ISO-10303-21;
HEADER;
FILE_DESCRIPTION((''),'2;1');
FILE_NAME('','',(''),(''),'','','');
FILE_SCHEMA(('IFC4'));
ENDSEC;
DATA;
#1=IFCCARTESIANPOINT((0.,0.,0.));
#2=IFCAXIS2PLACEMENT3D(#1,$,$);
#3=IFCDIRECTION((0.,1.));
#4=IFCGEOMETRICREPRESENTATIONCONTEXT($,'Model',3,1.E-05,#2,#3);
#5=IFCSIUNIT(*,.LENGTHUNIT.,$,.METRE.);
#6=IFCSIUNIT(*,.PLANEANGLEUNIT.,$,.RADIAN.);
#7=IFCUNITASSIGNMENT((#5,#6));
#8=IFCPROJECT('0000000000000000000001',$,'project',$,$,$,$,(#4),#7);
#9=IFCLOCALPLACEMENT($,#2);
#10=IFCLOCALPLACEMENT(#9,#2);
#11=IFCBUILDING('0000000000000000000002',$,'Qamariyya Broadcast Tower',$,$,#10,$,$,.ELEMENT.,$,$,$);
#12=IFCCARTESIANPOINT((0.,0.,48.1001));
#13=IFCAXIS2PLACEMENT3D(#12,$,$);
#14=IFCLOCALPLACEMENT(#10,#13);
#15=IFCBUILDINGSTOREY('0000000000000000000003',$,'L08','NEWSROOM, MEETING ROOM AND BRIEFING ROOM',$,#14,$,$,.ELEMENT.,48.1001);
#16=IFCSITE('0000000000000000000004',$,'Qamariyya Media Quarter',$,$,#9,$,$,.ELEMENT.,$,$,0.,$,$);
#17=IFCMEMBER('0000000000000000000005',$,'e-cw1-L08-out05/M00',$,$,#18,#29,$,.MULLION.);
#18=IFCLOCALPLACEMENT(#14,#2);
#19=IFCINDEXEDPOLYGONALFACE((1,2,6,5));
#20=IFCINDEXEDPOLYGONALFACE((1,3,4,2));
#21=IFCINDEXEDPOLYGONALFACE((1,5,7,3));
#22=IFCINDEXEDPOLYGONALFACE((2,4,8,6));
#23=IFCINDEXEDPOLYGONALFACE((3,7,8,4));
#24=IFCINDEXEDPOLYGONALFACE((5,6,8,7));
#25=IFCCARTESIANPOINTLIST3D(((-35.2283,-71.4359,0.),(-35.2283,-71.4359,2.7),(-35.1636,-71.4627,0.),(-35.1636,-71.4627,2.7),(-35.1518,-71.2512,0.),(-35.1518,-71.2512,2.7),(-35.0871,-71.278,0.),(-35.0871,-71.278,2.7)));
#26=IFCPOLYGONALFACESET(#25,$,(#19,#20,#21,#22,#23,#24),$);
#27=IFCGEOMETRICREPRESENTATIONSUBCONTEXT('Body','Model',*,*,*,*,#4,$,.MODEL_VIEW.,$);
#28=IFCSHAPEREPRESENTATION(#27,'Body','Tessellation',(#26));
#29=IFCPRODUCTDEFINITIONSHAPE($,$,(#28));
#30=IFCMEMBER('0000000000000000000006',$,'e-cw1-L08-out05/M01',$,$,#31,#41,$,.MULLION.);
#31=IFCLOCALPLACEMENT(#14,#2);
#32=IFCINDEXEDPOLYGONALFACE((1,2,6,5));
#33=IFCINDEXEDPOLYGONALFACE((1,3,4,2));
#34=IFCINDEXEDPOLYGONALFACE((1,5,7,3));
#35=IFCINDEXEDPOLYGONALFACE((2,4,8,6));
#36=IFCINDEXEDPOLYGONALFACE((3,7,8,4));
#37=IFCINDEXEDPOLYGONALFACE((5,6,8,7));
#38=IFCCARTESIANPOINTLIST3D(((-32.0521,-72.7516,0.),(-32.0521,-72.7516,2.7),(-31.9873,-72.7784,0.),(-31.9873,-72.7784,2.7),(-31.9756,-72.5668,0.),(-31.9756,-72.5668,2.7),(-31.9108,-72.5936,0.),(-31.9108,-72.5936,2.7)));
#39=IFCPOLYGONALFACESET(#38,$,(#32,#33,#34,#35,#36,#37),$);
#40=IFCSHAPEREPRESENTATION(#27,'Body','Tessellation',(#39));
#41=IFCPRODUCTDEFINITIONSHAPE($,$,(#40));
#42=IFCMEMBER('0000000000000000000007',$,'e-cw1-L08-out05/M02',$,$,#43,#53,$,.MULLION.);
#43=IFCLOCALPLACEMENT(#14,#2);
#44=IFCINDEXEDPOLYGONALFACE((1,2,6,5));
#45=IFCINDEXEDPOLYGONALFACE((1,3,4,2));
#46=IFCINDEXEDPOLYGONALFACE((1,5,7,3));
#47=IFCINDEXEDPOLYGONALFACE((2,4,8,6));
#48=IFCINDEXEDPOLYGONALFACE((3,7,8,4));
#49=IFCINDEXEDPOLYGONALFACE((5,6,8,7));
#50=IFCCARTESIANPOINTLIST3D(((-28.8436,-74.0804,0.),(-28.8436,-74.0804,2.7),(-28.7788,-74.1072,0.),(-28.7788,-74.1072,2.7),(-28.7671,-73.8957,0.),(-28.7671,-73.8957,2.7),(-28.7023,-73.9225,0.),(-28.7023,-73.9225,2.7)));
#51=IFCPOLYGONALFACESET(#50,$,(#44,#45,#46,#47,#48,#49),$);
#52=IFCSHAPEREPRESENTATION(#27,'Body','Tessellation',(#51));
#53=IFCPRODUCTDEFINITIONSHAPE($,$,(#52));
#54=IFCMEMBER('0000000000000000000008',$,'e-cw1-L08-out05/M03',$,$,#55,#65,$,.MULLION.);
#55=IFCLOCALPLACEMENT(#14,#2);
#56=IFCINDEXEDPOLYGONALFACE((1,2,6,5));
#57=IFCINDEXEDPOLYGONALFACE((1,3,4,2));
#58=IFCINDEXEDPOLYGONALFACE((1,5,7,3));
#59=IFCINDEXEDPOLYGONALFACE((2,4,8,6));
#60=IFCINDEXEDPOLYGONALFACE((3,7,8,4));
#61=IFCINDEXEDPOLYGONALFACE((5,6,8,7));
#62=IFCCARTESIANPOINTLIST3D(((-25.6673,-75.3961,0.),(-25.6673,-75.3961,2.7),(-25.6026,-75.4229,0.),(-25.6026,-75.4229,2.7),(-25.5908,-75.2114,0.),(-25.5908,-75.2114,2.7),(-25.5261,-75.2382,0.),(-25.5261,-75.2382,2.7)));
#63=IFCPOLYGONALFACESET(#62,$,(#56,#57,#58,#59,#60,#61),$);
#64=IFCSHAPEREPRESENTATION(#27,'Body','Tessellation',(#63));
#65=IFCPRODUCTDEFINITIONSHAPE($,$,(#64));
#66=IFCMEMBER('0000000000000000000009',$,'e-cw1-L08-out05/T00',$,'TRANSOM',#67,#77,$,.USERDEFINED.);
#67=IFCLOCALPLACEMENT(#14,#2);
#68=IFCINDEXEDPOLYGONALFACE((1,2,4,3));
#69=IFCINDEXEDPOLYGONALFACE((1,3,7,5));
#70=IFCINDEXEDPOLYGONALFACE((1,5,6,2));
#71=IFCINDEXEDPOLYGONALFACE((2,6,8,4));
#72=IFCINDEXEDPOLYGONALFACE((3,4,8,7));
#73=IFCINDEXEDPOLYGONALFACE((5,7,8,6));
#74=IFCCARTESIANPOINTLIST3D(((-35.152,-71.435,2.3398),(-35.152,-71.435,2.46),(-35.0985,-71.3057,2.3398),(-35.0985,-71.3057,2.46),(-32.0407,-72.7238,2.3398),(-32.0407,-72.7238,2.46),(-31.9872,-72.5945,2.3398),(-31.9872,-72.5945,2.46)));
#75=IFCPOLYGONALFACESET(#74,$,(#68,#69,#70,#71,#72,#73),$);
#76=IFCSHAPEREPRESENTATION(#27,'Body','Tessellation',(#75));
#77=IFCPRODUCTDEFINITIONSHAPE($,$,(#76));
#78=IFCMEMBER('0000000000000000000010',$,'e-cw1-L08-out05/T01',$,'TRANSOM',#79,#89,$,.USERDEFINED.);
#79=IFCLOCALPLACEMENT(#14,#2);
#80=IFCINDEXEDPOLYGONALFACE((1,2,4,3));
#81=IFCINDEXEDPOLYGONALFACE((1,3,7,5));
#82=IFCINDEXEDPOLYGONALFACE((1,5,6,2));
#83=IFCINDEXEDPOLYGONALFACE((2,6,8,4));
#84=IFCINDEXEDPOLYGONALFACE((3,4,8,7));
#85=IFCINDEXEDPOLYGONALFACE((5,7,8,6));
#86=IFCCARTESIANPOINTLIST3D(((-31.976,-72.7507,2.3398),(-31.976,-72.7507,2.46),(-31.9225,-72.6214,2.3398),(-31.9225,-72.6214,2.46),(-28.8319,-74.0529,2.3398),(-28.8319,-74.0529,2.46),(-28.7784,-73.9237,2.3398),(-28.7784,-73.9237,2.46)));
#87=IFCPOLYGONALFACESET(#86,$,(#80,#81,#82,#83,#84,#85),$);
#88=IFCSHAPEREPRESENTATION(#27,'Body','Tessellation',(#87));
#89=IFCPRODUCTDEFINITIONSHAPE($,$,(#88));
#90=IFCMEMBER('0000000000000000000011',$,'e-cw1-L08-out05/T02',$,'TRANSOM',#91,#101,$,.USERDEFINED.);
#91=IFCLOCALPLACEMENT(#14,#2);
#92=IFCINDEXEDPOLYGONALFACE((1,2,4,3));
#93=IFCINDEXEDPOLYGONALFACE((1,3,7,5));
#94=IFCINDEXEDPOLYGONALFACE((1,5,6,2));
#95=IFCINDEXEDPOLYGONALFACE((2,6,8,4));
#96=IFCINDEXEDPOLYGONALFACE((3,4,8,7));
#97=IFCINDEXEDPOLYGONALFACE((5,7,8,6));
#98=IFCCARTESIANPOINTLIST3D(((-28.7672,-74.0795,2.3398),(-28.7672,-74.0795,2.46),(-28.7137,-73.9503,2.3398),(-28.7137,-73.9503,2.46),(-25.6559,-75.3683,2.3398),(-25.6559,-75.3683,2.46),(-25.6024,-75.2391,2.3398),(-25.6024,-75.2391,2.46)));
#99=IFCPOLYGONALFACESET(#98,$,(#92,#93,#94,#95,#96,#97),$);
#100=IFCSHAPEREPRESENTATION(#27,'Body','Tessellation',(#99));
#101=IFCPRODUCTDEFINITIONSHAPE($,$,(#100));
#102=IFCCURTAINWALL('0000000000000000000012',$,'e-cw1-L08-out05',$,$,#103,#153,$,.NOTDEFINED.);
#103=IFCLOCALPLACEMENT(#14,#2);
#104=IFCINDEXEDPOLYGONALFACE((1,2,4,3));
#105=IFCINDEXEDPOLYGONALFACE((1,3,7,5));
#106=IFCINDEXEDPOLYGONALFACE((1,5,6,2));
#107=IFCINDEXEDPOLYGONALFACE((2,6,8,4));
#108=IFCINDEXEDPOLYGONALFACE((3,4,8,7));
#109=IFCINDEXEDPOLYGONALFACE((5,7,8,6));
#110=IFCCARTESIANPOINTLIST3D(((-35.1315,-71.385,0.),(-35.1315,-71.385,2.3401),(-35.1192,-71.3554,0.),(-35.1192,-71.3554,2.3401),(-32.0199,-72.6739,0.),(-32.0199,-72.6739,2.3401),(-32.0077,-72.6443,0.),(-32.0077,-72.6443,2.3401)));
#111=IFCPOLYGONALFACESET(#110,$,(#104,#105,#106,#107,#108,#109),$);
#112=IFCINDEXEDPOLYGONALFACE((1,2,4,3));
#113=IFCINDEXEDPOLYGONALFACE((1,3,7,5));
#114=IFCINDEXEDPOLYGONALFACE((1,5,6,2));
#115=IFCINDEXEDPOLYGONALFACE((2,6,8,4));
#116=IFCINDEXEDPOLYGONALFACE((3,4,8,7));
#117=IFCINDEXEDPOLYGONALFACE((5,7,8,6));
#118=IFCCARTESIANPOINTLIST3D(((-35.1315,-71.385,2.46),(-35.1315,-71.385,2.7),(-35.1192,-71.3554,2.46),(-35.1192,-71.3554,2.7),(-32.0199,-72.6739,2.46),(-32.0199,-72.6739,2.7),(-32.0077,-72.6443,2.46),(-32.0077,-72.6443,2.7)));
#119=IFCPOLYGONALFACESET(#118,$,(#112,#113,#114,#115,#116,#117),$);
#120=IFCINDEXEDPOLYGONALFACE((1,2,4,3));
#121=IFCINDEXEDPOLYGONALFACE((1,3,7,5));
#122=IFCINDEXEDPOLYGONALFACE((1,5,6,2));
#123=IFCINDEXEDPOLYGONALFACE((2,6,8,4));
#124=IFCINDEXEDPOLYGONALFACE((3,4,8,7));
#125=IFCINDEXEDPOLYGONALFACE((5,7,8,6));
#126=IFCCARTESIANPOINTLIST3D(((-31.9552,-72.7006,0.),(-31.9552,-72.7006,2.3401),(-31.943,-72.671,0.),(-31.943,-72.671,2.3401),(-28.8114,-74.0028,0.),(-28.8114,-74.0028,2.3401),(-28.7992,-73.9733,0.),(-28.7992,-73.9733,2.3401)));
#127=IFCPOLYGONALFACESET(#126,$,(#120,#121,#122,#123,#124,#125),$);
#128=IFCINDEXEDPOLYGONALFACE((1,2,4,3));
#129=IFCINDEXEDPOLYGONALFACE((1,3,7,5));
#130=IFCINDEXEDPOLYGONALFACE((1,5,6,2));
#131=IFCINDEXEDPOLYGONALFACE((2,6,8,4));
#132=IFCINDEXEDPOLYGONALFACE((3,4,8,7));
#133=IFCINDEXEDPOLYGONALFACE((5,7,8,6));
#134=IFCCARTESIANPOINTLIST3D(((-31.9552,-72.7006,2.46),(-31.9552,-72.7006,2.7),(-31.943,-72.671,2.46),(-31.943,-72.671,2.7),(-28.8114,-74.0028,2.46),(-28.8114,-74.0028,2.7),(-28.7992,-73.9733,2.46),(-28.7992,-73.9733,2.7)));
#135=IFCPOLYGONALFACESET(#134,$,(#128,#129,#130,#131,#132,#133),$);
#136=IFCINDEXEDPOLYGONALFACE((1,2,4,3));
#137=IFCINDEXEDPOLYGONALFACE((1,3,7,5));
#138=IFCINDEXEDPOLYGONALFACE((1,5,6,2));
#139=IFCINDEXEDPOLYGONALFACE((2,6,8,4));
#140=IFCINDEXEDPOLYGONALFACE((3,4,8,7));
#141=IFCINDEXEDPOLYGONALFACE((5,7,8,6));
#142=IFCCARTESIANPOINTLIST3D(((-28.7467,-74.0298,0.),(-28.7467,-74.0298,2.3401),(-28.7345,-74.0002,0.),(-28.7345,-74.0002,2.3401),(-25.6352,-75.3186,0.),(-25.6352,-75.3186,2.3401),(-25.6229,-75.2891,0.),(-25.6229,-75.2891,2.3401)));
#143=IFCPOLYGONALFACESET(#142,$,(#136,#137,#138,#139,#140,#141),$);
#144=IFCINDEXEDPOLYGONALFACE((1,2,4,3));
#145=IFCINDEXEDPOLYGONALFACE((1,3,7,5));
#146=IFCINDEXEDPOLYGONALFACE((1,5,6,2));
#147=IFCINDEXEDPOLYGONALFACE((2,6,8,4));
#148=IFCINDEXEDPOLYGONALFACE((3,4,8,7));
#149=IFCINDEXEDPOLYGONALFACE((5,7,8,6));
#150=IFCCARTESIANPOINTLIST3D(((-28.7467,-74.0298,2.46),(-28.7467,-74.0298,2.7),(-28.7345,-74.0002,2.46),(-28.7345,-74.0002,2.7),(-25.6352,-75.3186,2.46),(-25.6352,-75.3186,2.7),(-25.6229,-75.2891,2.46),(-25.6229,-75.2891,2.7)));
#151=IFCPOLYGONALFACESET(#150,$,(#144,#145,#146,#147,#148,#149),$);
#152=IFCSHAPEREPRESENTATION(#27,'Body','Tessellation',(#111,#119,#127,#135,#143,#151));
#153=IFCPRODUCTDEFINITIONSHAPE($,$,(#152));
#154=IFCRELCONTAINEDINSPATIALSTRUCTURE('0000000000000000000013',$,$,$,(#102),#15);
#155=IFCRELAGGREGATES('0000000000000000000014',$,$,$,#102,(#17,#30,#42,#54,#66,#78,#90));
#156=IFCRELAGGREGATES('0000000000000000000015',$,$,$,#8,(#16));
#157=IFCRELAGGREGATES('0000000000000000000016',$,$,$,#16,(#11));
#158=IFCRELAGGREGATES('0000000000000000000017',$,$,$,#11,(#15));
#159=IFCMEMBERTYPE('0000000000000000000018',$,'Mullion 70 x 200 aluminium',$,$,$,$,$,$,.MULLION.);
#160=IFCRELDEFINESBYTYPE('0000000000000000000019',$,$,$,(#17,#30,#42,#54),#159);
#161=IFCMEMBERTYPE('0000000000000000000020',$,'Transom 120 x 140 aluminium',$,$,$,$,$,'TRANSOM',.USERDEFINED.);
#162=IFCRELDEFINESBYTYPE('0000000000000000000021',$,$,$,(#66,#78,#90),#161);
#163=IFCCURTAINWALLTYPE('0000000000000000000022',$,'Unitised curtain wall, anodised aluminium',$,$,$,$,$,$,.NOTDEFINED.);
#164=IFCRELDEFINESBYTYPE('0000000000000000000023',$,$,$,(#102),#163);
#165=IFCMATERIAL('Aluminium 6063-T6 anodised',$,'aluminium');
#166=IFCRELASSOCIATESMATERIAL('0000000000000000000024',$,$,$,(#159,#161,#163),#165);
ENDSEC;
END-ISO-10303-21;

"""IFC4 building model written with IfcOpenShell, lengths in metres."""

from ifc_helpers import new_model, si_unit, direction, frame, origin, origin_2d, place, context, subcontext, project, spatial, rectangle, extrude, material, material_profile, profile_set, type_object, element, aggregate, save


model = new_model("IFC4")

# Units and contexts
model_context = context("Model", 3, precision=1e-05, world=origin(), true_north=direction((0.0, 1.0)))
body_context = subcontext(model_context, "Body", "Model", "MODEL_VIEW")
ifc_project = project(units=[si_unit("LENGTHUNIT", "METRE"), si_unit("PLANEANGLEUNIT", "RADIAN")], contexts=[model_context])

# Members
ifc_material = material(Name="Aluminium 6063-T6 anodised", Category="aluminium")
ifc_material_profile_1 = material_profile(ifc_material, rectangle(XDim=0.2, YDim=0.0701, at=origin_2d()))
ifc_profile_set_1 = profile_set([ifc_material_profile_1], Name="Aluminium 6063-T6 anodised")
member_type_1 = type_object("IfcMemberType", Name="Mullion 70 x 200 aluminium", PredefinedType="MULLION", material=ifc_profile_set_1)
site_placement = place(None, origin())
building_placement = place(site_placement, origin())
storey_placement = place(building_placement, frame((0.0, 0.0, 48.1001)))
member_1_placement = place(storey_placement, frame((-35.1577, -71.3569, 0.0), z_axis=(0.0, 0.0, 1.0), x_axis=(0.382683, 0.92388, 0.0)))
member_1 = element("IfcMember", 1, at=member_1_placement, type_object=member_type_1, Name="e-cw1-L08-out05/M00", PredefinedType="MULLION", context=body_context, shape_type="SweptSolid", body=[
    extrude(rectangle(XDim=0.2, YDim=0.0701, at=origin_2d()), origin(), (0.0, 0.0, 1.0), 2.7),
])
member_2_placement = place(storey_placement, frame((-31.9814, -72.6726, 0.0), z_axis=(0.0, 0.0, 1.0), x_axis=(0.382683, 0.92388, 0.0)))
member_2 = element("IfcMember", 2, at=member_2_placement, type_object=member_type_1, Name="e-cw1-L08-out05/M01", PredefinedType="MULLION", context=body_context, shape_type="SweptSolid", body=[
    extrude(rectangle(XDim=0.2, YDim=0.0701, at=origin_2d()), origin(), (0.0, 0.0, 1.0), 2.7),
])
member_3_placement = place(storey_placement, frame((-28.7729, -74.0015, 0.0), z_axis=(0.0, 0.0, 1.0), x_axis=(0.382683, 0.92388, 0.0)))
member_3 = element("IfcMember", 3, at=member_3_placement, type_object=member_type_1, Name="e-cw1-L08-out05/M02", PredefinedType="MULLION", context=body_context, shape_type="SweptSolid", body=[
    extrude(rectangle(XDim=0.2, YDim=0.0701, at=origin_2d()), origin(), (0.0, 0.0, 1.0), 2.7),
])
member_4_placement = place(storey_placement, frame((-25.5967, -75.3171, 0.0), z_axis=(0.0, 0.0, 1.0), x_axis=(0.382683, 0.92388, 0.0)))
member_4 = element("IfcMember", 4, at=member_4_placement, type_object=member_type_1, Name="e-cw1-L08-out05/M03", PredefinedType="MULLION", context=body_context, shape_type="SweptSolid", body=[
    extrude(rectangle(XDim=0.2, YDim=0.0701, at=origin_2d()), origin(), (0.0, 0.0, 1.0), 2.7),
])
ifc_material_profile_2 = material_profile(ifc_material, rectangle(XDim=0.1399, YDim=0.1201, at=origin_2d()))
ifc_profile_set_2 = profile_set([ifc_material_profile_2], Name="Aluminium 6063-T6 anodised")
member_type_2 = type_object("IfcMemberType", Name="Transom 120 x 140 aluminium", ElementType="TRANSOM", PredefinedType="USERDEFINED", material=ifc_profile_set_2)
member_5_placement = place(storey_placement, frame((-35.1252, -71.3704, 2.3999), z_axis=(0.923873, -0.3827, 0.0), x_axis=(0.3827, 0.923873, 0.0)))
member_5 = element("IfcMember", 5, at=member_5_placement, type_object=member_type_2, Name="e-cw1-L08-out05/T00", ObjectType="TRANSOM", PredefinedType="USERDEFINED", context=body_context, shape_type="SweptSolid", body=[
    extrude(rectangle(XDim=0.1399, YDim=0.1201, at=origin_2d()), origin(), (0.0, 0.0, 1.0), 3.3677),
])
member_6_placement = place(storey_placement, frame((-31.9492, -72.686, 2.3999), z_axis=(0.923886, -0.382669, 0.0), x_axis=(0.382669, 0.923886, 0.0)))
member_6 = element("IfcMember", 6, at=member_6_placement, type_object=member_type_2, Name="e-cw1-L08-out05/T01", ObjectType="TRANSOM", PredefinedType="USERDEFINED", context=body_context, shape_type="SweptSolid", body=[
    extrude(rectangle(XDim=0.1399, YDim=0.1201, at=origin_2d()), origin(), (0.0, 0.0, 1.0), 3.4031),
])
member_7_placement = place(storey_placement, frame((-28.7405, -74.0149, 2.3999), z_axis=(0.923873, -0.3827, 0.0), x_axis=(0.3827, 0.923873, 0.0)))
member_7 = element("IfcMember", 7, at=member_7_placement, type_object=member_type_2, Name="e-cw1-L08-out05/T02", ObjectType="TRANSOM", PredefinedType="USERDEFINED", context=body_context, shape_type="SweptSolid", body=[
    extrude(rectangle(XDim=0.1399, YDim=0.1201, at=origin_2d()), origin(), (0.0, 0.0, 1.0), 3.3677),
])

# Site, building, storey
site = spatial("IfcSite", under=ifc_project, at=site_placement, Name="Qamariyya Media Quarter", CompositionType="ELEMENT", RefElevation=0.0)
building = spatial("IfcBuilding", under=site, at=building_placement, Name="Qamariyya Broadcast Tower", CompositionType="ELEMENT")
storey = spatial("IfcBuildingStorey", under=building, at=storey_placement, Name="L08", Description="NEWSROOM, MEETING ROOM AND BRIEFING ROOM", CompositionType="ELEMENT", Elevation=48.1001)

# Curtain wall
curtain_wall_type = type_object("IfcCurtainWallType", Name="Unitised curtain wall, anodised aluminium", PredefinedType="NOTDEFINED", material=ifc_material)
curtain_wall_1_placement = place(storey_placement, origin())
curtain_wall_1 = element("IfcCurtainWall", 8, at=curtain_wall_1_placement, inside=storey, type_object=curtain_wall_type, Name="e-cw1-L08-out05", PredefinedType="NOTDEFINED", context=body_context, shape_type="SweptSolid", body=[
    extrude(rectangle(XDim=3.3679, YDim=0.032, at=origin_2d()), frame((-33.5696, -72.0146, 0.0), x_axis=(0.923878, -0.382688, 0.0)), (0.0, 0.0, 1.0), 2.3401),
    extrude(rectangle(XDim=3.3679, YDim=0.032, at=origin_2d()), frame((-33.5696, -72.0146, 2.46), x_axis=(0.923878, -0.382688, 0.0)), (0.0, 0.0, 1.0), 0.24),
    extrude(rectangle(XDim=3.4028, YDim=0.032, at=origin_2d()), frame((-30.3772, -73.3369, 0.0), x_axis=(0.923878, -0.382688, 0.0)), (0.0, 0.0, 1.0), 2.3401),
    extrude(rectangle(XDim=3.4028, YDim=0.032, at=origin_2d()), frame((-30.3772, -73.3369, 2.46), x_axis=(0.923878, -0.382688, 0.0)), (0.0, 0.0, 1.0), 0.24),
    extrude(rectangle(XDim=3.3679, YDim=0.032, at=origin_2d()), frame((-27.1848, -74.6594, 0.0), x_axis=(0.923878, -0.382688, 0.0)), (0.0, 0.0, 1.0), 2.3401),
    extrude(rectangle(XDim=3.3679, YDim=0.032, at=origin_2d()), frame((-27.1848, -74.6594, 2.46), x_axis=(0.923878, -0.382688, 0.0)), (0.0, 0.0, 1.0), 0.24),
])
aggregate(curtain_wall_1, [member_1, member_2, member_3, member_4, member_5, member_6, member_7])

save(model, "model.ifc")
